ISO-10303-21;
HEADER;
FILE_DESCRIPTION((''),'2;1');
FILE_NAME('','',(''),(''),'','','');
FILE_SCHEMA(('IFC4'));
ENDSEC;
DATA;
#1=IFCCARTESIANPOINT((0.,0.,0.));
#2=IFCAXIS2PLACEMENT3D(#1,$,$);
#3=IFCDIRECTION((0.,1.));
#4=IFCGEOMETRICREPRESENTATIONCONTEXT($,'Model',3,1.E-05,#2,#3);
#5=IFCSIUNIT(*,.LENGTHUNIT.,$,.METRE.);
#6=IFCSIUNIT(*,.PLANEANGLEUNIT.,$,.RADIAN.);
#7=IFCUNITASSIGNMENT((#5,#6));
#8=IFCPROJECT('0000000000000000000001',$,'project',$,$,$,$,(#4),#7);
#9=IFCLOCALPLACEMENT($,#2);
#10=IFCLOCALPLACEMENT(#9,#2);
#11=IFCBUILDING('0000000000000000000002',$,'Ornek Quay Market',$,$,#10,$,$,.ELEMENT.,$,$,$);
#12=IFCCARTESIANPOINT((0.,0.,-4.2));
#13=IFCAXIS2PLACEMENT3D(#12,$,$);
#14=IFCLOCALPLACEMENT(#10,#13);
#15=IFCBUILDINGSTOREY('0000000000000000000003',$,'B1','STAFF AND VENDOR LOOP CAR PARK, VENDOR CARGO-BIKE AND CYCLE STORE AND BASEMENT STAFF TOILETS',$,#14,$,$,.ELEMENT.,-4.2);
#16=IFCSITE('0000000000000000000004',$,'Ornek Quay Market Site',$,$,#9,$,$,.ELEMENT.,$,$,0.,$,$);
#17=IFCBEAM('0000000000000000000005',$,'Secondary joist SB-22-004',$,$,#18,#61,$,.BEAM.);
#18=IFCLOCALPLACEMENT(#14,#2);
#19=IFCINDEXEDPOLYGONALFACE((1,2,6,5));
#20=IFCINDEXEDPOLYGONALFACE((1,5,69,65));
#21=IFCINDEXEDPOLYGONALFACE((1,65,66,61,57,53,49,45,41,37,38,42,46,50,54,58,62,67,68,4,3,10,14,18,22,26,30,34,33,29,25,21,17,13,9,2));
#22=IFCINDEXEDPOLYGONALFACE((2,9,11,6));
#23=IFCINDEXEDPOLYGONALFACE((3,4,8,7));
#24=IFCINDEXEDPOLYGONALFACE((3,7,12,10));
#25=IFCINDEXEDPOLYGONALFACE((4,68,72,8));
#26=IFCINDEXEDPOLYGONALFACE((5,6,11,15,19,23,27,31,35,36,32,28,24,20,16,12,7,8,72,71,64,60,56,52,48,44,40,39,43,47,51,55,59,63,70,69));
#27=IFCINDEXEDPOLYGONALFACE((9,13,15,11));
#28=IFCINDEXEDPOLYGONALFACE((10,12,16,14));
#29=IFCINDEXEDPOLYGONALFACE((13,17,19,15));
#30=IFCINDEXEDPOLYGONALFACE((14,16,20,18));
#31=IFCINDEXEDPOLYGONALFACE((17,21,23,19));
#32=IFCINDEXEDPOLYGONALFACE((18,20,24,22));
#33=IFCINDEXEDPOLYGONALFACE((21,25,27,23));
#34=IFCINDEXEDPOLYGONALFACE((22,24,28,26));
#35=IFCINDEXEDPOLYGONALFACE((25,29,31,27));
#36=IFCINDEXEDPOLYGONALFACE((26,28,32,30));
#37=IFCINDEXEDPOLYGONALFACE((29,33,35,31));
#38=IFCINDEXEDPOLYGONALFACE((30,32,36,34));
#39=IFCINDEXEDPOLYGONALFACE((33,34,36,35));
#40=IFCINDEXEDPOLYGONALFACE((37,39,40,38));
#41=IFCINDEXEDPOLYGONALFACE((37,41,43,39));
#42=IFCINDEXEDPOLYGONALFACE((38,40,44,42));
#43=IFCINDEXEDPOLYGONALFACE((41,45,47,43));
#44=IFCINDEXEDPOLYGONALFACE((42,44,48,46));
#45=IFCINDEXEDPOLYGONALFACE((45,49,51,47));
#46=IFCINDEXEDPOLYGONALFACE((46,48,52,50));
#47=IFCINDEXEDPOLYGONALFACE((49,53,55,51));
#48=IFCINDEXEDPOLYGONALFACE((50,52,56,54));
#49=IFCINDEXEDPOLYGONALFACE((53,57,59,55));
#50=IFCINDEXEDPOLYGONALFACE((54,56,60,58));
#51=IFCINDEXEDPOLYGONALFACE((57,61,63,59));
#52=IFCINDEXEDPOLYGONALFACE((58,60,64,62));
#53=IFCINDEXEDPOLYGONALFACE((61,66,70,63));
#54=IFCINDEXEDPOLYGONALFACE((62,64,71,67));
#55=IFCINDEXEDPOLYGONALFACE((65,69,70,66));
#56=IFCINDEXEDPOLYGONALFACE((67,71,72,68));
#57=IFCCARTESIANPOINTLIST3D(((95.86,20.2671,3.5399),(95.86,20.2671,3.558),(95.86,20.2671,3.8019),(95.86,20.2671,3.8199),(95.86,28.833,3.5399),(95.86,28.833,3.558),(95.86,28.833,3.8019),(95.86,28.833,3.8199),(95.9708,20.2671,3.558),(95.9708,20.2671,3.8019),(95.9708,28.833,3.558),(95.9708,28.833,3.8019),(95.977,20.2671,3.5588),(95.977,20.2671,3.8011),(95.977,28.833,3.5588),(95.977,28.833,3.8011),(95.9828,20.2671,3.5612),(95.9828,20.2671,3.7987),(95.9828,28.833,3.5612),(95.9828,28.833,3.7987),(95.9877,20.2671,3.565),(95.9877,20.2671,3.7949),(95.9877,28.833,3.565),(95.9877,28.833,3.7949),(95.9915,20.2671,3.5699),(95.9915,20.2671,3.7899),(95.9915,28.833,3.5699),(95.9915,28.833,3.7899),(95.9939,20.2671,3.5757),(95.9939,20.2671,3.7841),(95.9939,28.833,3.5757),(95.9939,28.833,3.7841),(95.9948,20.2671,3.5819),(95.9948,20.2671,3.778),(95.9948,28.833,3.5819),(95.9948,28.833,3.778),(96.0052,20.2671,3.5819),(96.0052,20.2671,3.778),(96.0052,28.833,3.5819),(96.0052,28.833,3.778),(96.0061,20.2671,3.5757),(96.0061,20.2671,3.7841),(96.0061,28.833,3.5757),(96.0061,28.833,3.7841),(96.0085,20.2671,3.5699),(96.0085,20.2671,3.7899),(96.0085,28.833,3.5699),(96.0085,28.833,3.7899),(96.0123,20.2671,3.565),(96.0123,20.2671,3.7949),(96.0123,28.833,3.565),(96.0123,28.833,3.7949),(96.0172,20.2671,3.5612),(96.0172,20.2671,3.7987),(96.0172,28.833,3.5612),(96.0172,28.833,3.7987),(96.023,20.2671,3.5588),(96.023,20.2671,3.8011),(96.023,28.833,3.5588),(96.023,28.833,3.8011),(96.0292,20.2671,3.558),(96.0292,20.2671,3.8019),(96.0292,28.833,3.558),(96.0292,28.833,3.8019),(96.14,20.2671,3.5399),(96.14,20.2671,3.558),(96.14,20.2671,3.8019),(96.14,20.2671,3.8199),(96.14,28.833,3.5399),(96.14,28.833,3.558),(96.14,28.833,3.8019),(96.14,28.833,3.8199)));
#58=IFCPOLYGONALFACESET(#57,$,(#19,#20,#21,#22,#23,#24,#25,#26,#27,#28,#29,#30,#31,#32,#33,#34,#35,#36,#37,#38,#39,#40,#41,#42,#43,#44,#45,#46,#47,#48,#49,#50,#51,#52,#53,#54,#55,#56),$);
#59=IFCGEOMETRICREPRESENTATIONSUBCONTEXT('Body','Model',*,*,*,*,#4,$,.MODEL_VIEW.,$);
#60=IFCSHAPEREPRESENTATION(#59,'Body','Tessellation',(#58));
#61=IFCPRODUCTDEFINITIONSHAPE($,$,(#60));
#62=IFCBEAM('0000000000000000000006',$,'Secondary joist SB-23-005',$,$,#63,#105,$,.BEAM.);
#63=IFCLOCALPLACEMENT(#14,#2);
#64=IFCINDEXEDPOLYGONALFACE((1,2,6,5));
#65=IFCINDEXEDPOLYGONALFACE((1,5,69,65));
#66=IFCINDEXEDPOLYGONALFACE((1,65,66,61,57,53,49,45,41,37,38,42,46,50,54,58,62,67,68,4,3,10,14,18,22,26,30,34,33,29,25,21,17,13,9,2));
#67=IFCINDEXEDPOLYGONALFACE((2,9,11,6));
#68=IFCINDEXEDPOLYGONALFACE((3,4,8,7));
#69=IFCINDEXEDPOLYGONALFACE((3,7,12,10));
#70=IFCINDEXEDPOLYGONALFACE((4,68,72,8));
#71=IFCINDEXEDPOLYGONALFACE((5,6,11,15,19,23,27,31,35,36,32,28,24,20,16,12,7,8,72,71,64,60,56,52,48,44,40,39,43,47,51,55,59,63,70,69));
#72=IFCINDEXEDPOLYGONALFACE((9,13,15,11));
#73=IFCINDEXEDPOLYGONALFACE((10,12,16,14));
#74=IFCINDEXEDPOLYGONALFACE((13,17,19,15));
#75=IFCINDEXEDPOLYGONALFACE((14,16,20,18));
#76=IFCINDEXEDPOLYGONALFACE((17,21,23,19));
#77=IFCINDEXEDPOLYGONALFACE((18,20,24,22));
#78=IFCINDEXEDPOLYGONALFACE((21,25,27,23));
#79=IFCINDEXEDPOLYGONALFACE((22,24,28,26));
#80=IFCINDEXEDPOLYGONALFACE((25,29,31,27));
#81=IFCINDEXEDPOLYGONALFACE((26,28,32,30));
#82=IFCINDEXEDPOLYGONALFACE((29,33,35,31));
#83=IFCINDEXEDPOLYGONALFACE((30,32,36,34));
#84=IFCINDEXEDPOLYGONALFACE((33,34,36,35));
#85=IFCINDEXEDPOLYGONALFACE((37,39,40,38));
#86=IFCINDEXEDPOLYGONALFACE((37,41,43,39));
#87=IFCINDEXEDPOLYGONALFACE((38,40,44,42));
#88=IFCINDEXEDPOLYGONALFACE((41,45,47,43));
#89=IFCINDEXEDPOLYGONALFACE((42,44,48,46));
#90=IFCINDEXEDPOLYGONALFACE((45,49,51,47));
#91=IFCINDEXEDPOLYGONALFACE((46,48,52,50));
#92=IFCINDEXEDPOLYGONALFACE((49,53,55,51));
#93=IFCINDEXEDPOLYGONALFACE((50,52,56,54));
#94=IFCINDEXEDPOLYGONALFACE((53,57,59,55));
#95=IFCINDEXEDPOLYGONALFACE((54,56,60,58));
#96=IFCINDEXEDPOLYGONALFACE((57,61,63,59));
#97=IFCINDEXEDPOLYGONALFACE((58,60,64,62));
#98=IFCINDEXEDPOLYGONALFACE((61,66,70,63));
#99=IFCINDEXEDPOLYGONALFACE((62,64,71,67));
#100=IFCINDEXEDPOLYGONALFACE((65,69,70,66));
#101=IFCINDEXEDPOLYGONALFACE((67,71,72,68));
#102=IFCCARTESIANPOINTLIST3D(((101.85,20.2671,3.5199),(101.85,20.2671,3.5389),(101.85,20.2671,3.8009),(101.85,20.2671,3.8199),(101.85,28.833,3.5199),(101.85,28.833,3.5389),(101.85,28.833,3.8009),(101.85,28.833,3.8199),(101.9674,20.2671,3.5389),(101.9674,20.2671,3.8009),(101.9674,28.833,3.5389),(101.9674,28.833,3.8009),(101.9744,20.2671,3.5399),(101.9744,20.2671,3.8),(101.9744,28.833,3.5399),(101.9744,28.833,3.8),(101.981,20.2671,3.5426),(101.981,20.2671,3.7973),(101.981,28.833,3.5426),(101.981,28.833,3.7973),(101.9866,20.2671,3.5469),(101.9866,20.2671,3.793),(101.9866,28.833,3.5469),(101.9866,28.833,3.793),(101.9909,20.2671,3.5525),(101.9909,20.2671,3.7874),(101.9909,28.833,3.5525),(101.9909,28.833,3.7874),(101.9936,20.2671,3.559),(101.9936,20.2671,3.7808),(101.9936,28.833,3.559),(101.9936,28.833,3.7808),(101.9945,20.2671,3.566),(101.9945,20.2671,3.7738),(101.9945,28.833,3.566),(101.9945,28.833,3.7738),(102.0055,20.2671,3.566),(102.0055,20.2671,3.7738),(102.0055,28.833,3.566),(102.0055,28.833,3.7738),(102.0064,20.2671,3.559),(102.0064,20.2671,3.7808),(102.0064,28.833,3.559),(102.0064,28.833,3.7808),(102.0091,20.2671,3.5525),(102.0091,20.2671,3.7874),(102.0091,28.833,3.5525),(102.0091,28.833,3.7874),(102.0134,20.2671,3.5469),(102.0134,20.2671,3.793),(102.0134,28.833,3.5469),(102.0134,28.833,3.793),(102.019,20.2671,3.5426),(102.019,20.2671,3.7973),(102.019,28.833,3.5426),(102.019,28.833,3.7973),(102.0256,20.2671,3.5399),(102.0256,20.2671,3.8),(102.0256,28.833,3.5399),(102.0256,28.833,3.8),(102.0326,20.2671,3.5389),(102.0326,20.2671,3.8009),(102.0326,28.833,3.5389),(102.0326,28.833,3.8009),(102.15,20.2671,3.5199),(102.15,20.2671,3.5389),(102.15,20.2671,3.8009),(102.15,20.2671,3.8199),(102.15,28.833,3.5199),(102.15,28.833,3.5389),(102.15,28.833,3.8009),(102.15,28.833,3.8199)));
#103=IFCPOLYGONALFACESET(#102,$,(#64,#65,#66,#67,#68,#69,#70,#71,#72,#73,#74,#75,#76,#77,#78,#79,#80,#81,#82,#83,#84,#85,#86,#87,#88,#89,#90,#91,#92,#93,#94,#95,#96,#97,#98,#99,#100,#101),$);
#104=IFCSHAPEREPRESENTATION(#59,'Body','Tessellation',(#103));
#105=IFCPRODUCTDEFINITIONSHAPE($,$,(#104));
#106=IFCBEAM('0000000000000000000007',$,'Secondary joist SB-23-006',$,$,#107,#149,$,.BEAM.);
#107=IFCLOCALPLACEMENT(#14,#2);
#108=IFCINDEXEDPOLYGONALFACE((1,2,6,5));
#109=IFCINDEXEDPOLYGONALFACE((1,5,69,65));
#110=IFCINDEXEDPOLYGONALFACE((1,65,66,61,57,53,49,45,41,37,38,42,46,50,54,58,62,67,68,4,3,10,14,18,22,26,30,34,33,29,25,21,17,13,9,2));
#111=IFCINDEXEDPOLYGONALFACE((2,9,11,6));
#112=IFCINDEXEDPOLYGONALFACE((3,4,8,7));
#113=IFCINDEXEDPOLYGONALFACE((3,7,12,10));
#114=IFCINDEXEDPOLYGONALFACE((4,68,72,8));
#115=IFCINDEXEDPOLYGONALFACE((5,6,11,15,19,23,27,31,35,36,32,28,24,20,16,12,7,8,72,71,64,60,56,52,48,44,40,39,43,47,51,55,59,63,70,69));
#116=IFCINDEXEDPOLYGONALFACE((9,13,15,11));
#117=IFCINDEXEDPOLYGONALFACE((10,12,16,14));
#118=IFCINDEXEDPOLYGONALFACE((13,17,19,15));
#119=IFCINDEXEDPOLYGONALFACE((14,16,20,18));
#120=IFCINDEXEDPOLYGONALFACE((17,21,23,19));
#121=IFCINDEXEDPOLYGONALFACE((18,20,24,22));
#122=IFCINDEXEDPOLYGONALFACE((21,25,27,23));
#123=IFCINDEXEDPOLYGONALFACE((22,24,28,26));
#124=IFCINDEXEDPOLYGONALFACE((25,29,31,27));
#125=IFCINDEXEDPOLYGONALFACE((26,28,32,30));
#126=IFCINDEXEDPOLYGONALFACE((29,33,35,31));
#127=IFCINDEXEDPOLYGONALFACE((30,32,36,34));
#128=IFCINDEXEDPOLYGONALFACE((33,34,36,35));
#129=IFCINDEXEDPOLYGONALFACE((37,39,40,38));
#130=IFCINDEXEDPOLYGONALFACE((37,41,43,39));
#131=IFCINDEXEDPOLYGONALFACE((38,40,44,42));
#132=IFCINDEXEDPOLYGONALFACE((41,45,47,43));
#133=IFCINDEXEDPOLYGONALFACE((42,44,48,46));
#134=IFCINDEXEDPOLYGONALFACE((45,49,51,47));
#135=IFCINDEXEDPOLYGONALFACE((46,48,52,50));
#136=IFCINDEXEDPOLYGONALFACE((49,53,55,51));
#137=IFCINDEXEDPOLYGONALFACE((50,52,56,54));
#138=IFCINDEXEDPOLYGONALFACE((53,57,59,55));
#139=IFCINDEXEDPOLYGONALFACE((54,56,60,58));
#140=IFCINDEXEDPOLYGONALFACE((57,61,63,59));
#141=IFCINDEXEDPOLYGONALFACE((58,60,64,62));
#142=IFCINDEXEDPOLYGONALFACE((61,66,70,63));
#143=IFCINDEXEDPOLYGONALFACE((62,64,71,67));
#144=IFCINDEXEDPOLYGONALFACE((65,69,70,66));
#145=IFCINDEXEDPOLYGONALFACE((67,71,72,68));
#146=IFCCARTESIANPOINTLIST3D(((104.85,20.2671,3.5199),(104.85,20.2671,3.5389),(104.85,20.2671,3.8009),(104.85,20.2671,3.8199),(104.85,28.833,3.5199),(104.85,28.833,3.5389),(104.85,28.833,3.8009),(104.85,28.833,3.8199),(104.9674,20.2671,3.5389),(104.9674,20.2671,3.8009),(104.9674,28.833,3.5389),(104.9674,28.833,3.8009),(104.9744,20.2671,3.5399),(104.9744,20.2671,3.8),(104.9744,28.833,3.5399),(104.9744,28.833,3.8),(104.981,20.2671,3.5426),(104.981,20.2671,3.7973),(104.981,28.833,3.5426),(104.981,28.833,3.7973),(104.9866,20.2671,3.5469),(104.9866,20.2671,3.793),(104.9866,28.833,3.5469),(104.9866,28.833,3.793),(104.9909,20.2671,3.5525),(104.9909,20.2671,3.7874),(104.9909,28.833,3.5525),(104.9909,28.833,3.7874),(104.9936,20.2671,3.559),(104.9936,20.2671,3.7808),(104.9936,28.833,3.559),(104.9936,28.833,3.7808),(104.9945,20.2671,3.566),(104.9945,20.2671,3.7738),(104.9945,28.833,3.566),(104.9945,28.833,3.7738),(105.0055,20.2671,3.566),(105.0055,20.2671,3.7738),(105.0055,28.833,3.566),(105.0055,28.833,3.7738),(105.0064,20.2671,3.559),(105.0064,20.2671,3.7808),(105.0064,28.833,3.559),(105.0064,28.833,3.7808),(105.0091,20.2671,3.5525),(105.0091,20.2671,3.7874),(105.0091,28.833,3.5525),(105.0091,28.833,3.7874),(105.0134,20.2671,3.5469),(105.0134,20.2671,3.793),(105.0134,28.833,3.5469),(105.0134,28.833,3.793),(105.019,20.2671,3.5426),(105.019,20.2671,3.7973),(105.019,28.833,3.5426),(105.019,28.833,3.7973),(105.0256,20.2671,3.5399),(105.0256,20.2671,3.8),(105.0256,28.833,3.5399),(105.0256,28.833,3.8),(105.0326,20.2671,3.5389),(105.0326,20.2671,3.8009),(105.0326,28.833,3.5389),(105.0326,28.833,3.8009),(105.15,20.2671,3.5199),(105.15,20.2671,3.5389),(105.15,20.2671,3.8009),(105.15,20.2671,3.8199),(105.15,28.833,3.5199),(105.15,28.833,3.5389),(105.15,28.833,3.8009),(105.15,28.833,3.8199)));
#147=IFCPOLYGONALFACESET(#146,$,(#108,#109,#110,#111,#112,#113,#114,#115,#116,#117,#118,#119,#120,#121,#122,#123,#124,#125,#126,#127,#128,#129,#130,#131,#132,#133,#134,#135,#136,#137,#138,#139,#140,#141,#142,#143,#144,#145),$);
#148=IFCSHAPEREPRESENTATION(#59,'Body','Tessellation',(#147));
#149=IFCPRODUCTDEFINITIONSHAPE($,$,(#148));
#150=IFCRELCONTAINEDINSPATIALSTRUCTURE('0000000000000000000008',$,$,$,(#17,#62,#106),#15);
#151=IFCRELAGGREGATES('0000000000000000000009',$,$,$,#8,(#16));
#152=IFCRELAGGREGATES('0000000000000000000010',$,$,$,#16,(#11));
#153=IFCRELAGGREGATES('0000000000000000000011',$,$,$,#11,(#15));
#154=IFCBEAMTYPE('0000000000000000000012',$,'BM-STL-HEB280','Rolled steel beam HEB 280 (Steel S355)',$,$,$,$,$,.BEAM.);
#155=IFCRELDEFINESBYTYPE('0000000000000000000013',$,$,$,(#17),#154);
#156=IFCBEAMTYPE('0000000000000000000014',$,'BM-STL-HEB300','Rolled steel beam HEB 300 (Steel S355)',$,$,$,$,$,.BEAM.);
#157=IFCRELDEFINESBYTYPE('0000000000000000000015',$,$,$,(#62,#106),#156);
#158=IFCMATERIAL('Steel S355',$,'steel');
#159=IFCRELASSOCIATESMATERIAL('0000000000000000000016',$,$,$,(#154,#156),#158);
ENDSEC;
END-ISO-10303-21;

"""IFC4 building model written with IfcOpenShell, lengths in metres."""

from ifc_helpers import new_model, si_unit, direction, frame, origin, origin_2d, place, context, subcontext, project, spatial, i_section, extrude, material, material_profile, profile_set, type_object, element, save


model = new_model("IFC4")

# Units and contexts
model_context = context("Model", 3, precision=1e-05, world=origin(), true_north=direction((0.0, 1.0)))
body_context = subcontext(model_context, "Body", "Model", "MODEL_VIEW")
ifc_project = project(units=[si_unit("LENGTHUNIT", "METRE"), si_unit("PLANEANGLEUNIT", "RADIAN")], contexts=[model_context])

# Site, building, storey
site_placement = place(None, origin())
site = spatial("IfcSite", under=ifc_project, at=site_placement, Name="Ornek Quay Market Site", CompositionType="ELEMENT", RefElevation=0.0)
building_placement = place(site_placement, origin())
building = spatial("IfcBuilding", under=site, at=building_placement, Name="Ornek Quay Market", CompositionType="ELEMENT")
storey_placement = place(building_placement, frame((0.0, 0.0, -4.2)))
storey = spatial("IfcBuildingStorey", under=building, at=storey_placement, Name="B1", Description="STAFF AND VENDOR LOOP CAR PARK, VENDOR CARGO-BIKE AND CYCLE STORE AND BASEMENT STAFF TOILETS", CompositionType="ELEMENT", Elevation=-4.2)

# Beams
ifc_material_1 = material(Name="Steel S355", Category="steel")
ifc_material_profile_1 = material_profile(ifc_material_1, i_section(OverallWidth=0.28, OverallDepth=0.28, WebThickness=0.0105, FlangeThickness=0.0181, FilletRadius=0.0239, at=origin_2d()), Name="HEB 280", Category="steel")
ifc_profile_set_1 = profile_set([ifc_material_profile_1], Name="Steel S355")
beam_type_1 = type_object("IfcBeamType", Name="BM-STL-HEB280", Description="Rolled steel beam HEB 280 (Steel S355)", PredefinedType="BEAM", material=ifc_profile_set_1)
beam_1_placement = place(storey_placement, frame((96.0, 20.2671, 3.6799), z_axis=(0.0, 1.0, 0.0), x_axis=(-1.0, 0.0, 0.0)))
element("IfcBeam", 1, at=beam_1_placement, inside=storey, type_object=beam_type_1, Name="Secondary joist SB-22-004", PredefinedType="BEAM", context=body_context, shape_type="SweptSolid", body=[
    extrude(i_section(OverallWidth=0.28, OverallDepth=0.28, WebThickness=0.0105, FlangeThickness=0.0181, FilletRadius=0.0239, at=origin_2d()), origin(), (0.0, 0.0, 1.0), 8.5659),
])
ifc_material_profile_2 = material_profile(ifc_material_1, i_section(OverallWidth=0.3, OverallDepth=0.3, WebThickness=0.011, FlangeThickness=0.019, FilletRadius=0.0271, at=origin_2d()), Name="HEB 300", Category="steel")
ifc_profile_set_2 = profile_set([ifc_material_profile_2], Name="Steel S355")
beam_type_2 = type_object("IfcBeamType", Name="BM-STL-HEB300", Description="Rolled steel beam HEB 300 (Steel S355)", PredefinedType="BEAM", material=ifc_profile_set_2)
for number, where, z_axis, x_axis, name in (
    (2, (102.0, 20.2671, 3.6699), (0.0, 1.0, 0.0), (-1.0, 0.0, 0.0), "Secondary joist SB-23-005"),
    (3, (105.0, 20.2671, 3.6699), (0.0, 1.0, 0.0), (-1.0, 0.0, 0.0), "Secondary joist SB-23-006"),
):
    element("IfcBeam", number, at=place(storey_placement, frame(where, z_axis=z_axis, x_axis=x_axis)), inside=storey, type_object=beam_type_2, Name=name, PredefinedType="BEAM", context=body_context, shape_type="SweptSolid", body=[
        extrude(i_section(OverallWidth=0.3, OverallDepth=0.3, WebThickness=0.011, FlangeThickness=0.019, FilletRadius=0.0271, at=origin_2d()), origin(), (0.0, 0.0, 1.0), 8.5659),
    ])

save(model, "model.ifc")
